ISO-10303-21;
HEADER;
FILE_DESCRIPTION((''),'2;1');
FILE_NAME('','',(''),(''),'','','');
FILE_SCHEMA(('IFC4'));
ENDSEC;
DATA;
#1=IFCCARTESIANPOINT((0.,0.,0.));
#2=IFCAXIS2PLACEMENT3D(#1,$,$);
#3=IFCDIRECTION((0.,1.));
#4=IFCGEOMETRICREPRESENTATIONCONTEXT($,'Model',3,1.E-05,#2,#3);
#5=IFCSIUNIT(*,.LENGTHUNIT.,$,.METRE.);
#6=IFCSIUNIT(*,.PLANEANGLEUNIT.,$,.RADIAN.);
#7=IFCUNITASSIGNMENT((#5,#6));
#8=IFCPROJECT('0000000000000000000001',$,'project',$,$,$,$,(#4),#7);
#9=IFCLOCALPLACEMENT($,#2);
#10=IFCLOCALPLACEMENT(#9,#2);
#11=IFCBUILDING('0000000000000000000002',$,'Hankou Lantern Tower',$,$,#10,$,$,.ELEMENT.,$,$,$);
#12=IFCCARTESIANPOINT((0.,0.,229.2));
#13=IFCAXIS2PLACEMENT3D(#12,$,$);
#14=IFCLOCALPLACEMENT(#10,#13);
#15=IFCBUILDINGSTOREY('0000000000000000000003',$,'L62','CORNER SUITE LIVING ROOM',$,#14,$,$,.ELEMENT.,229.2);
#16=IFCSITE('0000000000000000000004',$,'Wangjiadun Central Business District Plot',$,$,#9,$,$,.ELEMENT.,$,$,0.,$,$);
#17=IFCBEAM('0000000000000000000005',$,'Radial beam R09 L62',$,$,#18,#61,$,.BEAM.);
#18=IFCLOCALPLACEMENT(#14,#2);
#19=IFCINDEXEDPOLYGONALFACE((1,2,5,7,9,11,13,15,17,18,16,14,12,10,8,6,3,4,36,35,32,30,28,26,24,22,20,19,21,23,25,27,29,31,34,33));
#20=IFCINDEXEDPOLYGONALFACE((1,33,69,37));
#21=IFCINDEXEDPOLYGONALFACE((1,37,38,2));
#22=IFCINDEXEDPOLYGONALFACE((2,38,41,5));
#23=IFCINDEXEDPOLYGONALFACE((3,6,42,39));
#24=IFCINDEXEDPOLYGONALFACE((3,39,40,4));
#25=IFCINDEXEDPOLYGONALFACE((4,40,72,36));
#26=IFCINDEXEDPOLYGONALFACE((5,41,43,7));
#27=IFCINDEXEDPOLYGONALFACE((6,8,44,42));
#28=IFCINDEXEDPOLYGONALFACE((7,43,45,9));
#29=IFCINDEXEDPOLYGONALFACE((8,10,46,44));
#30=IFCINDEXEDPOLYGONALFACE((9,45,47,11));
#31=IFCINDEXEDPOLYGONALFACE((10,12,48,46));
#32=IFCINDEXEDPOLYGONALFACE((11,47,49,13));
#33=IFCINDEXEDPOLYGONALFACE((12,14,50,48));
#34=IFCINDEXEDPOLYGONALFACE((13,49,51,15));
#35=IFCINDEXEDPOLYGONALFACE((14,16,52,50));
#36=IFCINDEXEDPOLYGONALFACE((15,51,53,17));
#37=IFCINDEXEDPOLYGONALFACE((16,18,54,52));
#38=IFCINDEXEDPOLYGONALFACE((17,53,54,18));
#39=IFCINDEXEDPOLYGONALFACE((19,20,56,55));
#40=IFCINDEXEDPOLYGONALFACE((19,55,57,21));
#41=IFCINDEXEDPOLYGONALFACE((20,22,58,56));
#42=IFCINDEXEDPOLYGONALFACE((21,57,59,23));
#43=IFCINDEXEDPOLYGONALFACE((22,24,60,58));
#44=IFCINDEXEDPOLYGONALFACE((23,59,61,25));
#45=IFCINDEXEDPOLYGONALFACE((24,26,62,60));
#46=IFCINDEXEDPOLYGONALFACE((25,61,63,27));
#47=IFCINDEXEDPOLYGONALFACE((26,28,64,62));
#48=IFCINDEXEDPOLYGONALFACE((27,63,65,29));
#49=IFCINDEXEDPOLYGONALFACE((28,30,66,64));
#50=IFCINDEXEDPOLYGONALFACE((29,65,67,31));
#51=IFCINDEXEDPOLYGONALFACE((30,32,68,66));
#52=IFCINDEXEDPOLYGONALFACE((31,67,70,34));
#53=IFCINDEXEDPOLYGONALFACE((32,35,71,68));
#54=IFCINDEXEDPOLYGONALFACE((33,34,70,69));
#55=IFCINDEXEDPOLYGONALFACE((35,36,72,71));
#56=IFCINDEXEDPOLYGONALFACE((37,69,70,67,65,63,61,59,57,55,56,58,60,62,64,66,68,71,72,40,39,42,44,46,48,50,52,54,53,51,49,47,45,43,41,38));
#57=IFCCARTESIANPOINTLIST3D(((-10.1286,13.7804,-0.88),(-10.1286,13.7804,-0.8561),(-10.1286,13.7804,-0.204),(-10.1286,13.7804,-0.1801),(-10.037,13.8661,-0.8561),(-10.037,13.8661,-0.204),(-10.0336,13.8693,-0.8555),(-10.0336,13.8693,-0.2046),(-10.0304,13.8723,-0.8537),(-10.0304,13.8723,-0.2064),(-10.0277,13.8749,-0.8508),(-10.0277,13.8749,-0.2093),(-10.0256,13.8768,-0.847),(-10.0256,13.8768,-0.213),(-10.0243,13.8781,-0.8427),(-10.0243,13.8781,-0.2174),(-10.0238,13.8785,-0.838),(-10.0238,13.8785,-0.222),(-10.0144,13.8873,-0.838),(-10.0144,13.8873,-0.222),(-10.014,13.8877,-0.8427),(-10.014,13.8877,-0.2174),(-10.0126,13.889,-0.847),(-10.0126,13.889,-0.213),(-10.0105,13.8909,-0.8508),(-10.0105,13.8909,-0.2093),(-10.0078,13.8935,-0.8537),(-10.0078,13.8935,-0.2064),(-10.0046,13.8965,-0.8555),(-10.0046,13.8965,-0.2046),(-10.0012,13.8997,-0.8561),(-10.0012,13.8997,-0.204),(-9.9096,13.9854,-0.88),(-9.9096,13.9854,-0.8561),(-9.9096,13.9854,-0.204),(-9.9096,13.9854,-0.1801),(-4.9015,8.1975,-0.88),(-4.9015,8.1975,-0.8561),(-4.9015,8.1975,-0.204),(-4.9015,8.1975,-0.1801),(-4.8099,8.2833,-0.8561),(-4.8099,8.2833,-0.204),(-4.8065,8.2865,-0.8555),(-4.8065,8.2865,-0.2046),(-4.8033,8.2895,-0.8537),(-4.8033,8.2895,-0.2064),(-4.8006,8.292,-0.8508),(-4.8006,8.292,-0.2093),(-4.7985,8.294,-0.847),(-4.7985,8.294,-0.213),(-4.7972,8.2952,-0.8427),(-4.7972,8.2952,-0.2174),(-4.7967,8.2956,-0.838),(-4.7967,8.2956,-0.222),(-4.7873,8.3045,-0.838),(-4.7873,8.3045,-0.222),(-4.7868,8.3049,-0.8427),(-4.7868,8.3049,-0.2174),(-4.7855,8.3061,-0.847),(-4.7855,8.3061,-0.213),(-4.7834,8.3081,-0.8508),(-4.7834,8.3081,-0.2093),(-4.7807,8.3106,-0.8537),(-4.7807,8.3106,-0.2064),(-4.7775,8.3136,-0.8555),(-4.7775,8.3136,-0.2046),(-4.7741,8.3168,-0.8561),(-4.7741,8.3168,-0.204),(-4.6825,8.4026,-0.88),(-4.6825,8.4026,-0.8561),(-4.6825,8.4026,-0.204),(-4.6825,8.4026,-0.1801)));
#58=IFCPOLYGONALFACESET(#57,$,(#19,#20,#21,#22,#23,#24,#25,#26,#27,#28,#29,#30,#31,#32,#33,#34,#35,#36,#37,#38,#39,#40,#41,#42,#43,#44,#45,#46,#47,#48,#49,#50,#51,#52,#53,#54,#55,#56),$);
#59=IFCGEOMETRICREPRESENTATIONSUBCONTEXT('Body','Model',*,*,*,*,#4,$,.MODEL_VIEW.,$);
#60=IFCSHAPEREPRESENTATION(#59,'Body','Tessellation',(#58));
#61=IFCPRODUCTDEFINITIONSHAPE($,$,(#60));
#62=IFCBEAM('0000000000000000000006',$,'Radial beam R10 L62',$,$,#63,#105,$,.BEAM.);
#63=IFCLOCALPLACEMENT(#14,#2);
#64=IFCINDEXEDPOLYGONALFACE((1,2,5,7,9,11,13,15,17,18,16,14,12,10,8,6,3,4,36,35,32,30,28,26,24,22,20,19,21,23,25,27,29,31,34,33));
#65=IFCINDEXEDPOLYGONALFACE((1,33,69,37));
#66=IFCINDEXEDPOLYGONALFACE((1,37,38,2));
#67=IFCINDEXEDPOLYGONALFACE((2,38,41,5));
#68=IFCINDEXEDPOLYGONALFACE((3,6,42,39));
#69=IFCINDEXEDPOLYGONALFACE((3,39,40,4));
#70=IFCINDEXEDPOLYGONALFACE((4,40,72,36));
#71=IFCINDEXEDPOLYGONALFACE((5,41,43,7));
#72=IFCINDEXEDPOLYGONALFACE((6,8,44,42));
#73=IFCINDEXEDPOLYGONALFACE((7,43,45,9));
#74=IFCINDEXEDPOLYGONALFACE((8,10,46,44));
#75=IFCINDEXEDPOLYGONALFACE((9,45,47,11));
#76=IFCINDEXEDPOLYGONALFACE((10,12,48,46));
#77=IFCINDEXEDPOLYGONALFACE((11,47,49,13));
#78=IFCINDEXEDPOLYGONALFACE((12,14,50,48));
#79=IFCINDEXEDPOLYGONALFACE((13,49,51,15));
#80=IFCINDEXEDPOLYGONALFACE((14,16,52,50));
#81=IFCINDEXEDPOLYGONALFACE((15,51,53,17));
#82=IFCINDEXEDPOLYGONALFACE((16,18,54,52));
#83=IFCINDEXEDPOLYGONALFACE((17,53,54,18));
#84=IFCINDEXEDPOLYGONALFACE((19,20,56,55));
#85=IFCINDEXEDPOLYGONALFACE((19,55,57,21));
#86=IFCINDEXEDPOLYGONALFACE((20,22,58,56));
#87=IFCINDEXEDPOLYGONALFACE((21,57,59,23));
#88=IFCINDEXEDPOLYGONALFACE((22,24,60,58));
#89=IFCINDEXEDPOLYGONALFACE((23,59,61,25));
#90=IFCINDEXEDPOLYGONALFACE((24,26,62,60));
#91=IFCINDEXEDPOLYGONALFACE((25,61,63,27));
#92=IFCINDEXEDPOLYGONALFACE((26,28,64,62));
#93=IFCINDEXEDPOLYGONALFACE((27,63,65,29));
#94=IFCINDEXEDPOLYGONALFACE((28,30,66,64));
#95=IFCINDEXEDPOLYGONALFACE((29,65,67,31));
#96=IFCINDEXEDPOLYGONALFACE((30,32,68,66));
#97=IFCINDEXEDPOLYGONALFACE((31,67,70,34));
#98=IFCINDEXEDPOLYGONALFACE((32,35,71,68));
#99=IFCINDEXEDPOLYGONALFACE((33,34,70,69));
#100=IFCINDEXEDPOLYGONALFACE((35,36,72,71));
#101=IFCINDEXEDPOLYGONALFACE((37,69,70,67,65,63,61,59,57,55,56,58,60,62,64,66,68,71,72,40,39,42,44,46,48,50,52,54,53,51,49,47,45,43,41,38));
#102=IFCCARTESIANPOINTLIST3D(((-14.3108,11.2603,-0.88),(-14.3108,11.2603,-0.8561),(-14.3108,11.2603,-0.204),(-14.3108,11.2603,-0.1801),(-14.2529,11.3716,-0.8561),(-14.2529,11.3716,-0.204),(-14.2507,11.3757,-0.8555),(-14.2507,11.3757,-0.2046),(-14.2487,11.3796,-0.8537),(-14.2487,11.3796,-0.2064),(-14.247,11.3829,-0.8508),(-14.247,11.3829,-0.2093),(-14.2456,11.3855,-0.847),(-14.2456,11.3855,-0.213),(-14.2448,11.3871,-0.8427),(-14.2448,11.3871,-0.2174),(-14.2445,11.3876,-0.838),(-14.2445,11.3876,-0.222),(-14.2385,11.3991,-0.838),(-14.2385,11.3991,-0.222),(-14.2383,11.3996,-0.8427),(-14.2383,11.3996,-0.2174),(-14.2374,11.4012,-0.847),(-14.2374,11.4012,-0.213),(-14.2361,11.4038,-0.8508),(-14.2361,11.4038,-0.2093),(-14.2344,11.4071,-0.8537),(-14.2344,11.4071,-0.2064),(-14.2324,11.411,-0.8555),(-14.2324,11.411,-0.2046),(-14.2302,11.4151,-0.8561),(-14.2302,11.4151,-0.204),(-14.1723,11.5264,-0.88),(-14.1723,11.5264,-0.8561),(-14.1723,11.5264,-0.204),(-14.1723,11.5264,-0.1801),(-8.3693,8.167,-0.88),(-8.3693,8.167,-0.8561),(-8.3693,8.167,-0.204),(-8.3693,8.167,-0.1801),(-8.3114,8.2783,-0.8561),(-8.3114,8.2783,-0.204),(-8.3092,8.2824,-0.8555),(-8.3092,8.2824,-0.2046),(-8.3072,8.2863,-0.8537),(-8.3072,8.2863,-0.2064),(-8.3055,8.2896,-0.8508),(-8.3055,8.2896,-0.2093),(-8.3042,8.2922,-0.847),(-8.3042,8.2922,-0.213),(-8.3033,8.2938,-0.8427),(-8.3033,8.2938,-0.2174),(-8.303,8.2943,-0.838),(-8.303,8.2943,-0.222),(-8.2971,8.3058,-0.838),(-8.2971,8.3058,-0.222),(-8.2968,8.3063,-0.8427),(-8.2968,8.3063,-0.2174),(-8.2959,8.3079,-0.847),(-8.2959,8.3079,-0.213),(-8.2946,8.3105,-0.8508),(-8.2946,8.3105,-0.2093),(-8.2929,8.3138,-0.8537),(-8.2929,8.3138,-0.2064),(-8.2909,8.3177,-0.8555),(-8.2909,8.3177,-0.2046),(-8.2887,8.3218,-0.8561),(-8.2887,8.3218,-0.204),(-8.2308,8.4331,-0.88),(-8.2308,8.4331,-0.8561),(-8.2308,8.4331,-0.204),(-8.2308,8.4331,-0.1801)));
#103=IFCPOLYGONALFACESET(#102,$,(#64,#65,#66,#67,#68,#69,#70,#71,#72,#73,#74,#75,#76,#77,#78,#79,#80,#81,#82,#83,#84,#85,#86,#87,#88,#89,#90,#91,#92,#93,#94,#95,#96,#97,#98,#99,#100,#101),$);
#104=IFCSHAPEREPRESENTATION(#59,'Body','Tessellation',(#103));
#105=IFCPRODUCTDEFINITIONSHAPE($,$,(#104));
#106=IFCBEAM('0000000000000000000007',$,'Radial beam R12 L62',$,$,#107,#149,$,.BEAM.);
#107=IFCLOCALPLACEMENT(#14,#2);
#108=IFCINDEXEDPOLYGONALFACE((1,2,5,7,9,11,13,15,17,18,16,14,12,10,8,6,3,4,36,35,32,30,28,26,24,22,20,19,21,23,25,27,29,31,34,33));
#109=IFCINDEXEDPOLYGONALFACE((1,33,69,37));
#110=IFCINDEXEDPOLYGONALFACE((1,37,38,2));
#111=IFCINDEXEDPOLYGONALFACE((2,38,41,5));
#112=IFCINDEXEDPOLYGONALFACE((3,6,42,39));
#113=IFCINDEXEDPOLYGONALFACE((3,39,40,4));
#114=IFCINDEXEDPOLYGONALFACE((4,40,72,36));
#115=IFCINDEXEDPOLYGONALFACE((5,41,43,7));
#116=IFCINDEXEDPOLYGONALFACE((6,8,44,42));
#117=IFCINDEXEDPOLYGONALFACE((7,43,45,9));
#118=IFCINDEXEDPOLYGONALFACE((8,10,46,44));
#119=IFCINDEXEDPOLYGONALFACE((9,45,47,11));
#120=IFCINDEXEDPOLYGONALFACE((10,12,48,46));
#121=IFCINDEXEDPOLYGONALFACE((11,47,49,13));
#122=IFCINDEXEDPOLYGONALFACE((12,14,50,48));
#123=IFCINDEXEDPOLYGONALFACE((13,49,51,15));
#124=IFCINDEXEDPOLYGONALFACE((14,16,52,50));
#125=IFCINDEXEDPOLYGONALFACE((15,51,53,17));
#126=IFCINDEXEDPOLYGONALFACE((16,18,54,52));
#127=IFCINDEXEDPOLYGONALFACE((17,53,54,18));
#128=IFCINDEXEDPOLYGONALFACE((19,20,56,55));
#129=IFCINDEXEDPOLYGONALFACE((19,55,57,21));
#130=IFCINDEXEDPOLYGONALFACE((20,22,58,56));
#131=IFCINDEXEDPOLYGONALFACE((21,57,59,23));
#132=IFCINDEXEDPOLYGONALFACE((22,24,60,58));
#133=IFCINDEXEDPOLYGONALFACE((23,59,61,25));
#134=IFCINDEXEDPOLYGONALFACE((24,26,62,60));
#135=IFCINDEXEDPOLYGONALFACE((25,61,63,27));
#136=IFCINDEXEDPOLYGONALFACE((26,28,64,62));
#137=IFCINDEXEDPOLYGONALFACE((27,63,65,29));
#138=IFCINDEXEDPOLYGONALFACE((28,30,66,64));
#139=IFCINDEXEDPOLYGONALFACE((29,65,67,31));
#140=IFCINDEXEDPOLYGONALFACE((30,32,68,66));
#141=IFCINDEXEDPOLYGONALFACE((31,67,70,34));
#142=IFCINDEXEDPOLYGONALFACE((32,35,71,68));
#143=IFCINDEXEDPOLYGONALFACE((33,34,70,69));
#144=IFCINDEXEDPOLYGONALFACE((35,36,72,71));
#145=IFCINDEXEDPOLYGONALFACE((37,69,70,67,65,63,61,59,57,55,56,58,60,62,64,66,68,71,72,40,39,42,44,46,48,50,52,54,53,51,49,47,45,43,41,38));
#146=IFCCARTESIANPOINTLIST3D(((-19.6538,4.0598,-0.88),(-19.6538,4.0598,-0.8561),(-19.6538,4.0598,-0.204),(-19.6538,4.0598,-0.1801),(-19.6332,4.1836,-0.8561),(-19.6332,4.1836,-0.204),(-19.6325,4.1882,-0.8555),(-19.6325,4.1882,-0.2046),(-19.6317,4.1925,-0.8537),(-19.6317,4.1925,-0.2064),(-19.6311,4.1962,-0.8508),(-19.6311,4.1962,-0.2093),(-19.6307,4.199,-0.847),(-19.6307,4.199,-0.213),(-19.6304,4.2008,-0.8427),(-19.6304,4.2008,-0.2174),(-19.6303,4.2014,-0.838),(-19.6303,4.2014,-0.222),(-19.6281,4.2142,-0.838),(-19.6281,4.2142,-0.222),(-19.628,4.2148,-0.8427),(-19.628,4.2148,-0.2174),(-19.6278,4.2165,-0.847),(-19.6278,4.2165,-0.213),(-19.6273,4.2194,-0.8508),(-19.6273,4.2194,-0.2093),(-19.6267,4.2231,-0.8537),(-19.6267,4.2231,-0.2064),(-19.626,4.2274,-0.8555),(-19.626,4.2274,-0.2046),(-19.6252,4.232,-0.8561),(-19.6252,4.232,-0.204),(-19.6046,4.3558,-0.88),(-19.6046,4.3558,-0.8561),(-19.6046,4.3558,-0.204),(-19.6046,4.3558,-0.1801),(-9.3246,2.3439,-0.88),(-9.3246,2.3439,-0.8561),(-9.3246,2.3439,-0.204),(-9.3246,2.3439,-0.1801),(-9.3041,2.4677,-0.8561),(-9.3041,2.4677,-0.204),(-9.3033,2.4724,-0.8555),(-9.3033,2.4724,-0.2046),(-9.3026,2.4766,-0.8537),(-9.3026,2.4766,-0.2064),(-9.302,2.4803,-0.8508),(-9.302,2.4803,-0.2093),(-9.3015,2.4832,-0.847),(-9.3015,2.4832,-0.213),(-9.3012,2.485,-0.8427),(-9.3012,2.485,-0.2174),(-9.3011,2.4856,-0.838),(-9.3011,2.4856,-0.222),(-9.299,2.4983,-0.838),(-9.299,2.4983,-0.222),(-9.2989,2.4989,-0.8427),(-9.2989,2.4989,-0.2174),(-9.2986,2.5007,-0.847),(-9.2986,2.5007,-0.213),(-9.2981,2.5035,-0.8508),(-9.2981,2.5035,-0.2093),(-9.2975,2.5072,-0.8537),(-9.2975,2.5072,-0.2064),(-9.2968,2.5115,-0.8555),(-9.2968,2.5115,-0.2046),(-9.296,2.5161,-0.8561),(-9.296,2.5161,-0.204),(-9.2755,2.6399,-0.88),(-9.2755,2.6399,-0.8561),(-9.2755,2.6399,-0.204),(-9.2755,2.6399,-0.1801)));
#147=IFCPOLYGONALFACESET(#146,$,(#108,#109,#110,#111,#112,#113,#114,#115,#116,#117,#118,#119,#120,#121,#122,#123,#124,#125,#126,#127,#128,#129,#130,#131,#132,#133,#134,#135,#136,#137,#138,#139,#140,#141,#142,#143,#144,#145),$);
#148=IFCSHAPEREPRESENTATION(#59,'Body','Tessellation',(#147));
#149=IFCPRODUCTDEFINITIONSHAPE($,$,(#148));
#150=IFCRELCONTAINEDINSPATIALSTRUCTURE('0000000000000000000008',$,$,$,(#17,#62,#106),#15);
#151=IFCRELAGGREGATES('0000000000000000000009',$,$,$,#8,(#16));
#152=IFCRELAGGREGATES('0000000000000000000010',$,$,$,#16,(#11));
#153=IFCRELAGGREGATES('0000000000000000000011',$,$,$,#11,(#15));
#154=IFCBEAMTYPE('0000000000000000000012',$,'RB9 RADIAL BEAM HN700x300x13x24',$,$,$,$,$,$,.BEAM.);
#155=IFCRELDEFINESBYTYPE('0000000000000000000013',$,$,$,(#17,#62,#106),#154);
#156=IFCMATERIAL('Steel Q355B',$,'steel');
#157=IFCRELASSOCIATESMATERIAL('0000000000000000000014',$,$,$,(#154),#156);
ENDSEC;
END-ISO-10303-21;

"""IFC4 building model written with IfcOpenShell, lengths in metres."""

from ifc_helpers import new_model, si_unit, direction, frame, origin, origin_2d, place, context, subcontext, project, spatial, i_section, extrude, material, material_profile, profile_set, type_object, element, save


model = new_model("IFC4")

# Units and contexts
model_context = context("Model", 3, precision=1e-05, world=origin(), true_north=direction((0.0, 1.0)))
body_context = subcontext(model_context, "Body", "Model", "MODEL_VIEW")
ifc_project = project(units=[si_unit("LENGTHUNIT", "METRE"), si_unit("PLANEANGLEUNIT", "RADIAN")], contexts=[model_context])

# Site, building, storey
site_placement = place(None, origin())
site = spatial("IfcSite", under=ifc_project, at=site_placement, Name="Wangjiadun Central Business District Plot", CompositionType="ELEMENT", RefElevation=0.0)
building_placement = place(site_placement, origin())
building = spatial("IfcBuilding", under=site, at=building_placement, Name="Hankou Lantern Tower", CompositionType="ELEMENT")
storey_placement = place(building_placement, frame((0.0, 0.0, 229.2)))
storey = spatial("IfcBuildingStorey", under=building, at=storey_placement, Name="L62", Description="CORNER SUITE LIVING ROOM", CompositionType="ELEMENT", Elevation=229.2)

# Beams
ifc_material_1 = material(Name="Steel Q355B", Category="steel")
ifc_material_profile_1 = material_profile(ifc_material_1, i_section(OverallWidth=0.3, OverallDepth=0.7, WebThickness=0.0129, FlangeThickness=0.0239, FilletRadius=0.0181, at=origin_2d()), Name="HN700x300x13x24")
ifc_profile_set_1 = profile_set([ifc_material_profile_1], Name="Steel Q355B")
beam_type_1 = type_object("IfcBeamType", Name="RB9 RADIAL BEAM HN700x300x13x24", PredefinedType="BEAM", material=ifc_profile_set_1)
beam_1_placement = place(storey_placement, frame((-4.792, 8.3, -0.53), z_axis=(-0.683468, 0.72998, 0.0), x_axis=(-0.72998, -0.683468, 0.0)))
element("IfcBeam", 1, at=beam_1_placement, inside=storey, type_object=beam_type_1, Name="Radial beam R09 L62", PredefinedType="BEAM", context=body_context, shape_type="SweptSolid", body=[
    extrude(i_section(OverallWidth=0.3, OverallDepth=0.7, WebThickness=0.0129, FlangeThickness=0.0239, FilletRadius=0.0181, at=origin_2d()), origin(), (0.0, 0.0, 1.0), 7.6479),
])
beam_2_placement = place(storey_placement, frame((-8.3, 8.3, -0.53), z_axis=(-0.886989, 0.461791, 0.0), x_axis=(-0.461791, -0.886989, 0.0)))
element("IfcBeam", 2, at=beam_2_placement, inside=storey, type_object=beam_type_1, Name="Radial beam R10 L62", PredefinedType="BEAM", context=body_context, shape_type="SweptSolid", body=[
    extrude(i_section(OverallWidth=0.3, OverallDepth=0.7, WebThickness=0.0129, FlangeThickness=0.0239, FilletRadius=0.0181, at=origin_2d()), origin(), (0.0, 0.0, 1.0), 6.6985),
])
beam_3_placement = place(storey_placement, frame((-9.3, 2.4919, -0.53), z_axis=(-0.986482, 0.16387, 0.0), x_axis=(-0.16387, -0.986482, 0.0)))
element("IfcBeam", 3, at=beam_3_placement, inside=storey, type_object=beam_type_1, Name="Radial beam R12 L62", PredefinedType="BEAM", context=body_context, shape_type="SweptSolid", body=[
    extrude(i_section(OverallWidth=0.3, OverallDepth=0.7, WebThickness=0.0129, FlangeThickness=0.0239, FilletRadius=0.0181, at=origin_2d()), origin(), (0.0, 0.0, 1.0), 10.4707),
])

save(model, "model.ifc")
